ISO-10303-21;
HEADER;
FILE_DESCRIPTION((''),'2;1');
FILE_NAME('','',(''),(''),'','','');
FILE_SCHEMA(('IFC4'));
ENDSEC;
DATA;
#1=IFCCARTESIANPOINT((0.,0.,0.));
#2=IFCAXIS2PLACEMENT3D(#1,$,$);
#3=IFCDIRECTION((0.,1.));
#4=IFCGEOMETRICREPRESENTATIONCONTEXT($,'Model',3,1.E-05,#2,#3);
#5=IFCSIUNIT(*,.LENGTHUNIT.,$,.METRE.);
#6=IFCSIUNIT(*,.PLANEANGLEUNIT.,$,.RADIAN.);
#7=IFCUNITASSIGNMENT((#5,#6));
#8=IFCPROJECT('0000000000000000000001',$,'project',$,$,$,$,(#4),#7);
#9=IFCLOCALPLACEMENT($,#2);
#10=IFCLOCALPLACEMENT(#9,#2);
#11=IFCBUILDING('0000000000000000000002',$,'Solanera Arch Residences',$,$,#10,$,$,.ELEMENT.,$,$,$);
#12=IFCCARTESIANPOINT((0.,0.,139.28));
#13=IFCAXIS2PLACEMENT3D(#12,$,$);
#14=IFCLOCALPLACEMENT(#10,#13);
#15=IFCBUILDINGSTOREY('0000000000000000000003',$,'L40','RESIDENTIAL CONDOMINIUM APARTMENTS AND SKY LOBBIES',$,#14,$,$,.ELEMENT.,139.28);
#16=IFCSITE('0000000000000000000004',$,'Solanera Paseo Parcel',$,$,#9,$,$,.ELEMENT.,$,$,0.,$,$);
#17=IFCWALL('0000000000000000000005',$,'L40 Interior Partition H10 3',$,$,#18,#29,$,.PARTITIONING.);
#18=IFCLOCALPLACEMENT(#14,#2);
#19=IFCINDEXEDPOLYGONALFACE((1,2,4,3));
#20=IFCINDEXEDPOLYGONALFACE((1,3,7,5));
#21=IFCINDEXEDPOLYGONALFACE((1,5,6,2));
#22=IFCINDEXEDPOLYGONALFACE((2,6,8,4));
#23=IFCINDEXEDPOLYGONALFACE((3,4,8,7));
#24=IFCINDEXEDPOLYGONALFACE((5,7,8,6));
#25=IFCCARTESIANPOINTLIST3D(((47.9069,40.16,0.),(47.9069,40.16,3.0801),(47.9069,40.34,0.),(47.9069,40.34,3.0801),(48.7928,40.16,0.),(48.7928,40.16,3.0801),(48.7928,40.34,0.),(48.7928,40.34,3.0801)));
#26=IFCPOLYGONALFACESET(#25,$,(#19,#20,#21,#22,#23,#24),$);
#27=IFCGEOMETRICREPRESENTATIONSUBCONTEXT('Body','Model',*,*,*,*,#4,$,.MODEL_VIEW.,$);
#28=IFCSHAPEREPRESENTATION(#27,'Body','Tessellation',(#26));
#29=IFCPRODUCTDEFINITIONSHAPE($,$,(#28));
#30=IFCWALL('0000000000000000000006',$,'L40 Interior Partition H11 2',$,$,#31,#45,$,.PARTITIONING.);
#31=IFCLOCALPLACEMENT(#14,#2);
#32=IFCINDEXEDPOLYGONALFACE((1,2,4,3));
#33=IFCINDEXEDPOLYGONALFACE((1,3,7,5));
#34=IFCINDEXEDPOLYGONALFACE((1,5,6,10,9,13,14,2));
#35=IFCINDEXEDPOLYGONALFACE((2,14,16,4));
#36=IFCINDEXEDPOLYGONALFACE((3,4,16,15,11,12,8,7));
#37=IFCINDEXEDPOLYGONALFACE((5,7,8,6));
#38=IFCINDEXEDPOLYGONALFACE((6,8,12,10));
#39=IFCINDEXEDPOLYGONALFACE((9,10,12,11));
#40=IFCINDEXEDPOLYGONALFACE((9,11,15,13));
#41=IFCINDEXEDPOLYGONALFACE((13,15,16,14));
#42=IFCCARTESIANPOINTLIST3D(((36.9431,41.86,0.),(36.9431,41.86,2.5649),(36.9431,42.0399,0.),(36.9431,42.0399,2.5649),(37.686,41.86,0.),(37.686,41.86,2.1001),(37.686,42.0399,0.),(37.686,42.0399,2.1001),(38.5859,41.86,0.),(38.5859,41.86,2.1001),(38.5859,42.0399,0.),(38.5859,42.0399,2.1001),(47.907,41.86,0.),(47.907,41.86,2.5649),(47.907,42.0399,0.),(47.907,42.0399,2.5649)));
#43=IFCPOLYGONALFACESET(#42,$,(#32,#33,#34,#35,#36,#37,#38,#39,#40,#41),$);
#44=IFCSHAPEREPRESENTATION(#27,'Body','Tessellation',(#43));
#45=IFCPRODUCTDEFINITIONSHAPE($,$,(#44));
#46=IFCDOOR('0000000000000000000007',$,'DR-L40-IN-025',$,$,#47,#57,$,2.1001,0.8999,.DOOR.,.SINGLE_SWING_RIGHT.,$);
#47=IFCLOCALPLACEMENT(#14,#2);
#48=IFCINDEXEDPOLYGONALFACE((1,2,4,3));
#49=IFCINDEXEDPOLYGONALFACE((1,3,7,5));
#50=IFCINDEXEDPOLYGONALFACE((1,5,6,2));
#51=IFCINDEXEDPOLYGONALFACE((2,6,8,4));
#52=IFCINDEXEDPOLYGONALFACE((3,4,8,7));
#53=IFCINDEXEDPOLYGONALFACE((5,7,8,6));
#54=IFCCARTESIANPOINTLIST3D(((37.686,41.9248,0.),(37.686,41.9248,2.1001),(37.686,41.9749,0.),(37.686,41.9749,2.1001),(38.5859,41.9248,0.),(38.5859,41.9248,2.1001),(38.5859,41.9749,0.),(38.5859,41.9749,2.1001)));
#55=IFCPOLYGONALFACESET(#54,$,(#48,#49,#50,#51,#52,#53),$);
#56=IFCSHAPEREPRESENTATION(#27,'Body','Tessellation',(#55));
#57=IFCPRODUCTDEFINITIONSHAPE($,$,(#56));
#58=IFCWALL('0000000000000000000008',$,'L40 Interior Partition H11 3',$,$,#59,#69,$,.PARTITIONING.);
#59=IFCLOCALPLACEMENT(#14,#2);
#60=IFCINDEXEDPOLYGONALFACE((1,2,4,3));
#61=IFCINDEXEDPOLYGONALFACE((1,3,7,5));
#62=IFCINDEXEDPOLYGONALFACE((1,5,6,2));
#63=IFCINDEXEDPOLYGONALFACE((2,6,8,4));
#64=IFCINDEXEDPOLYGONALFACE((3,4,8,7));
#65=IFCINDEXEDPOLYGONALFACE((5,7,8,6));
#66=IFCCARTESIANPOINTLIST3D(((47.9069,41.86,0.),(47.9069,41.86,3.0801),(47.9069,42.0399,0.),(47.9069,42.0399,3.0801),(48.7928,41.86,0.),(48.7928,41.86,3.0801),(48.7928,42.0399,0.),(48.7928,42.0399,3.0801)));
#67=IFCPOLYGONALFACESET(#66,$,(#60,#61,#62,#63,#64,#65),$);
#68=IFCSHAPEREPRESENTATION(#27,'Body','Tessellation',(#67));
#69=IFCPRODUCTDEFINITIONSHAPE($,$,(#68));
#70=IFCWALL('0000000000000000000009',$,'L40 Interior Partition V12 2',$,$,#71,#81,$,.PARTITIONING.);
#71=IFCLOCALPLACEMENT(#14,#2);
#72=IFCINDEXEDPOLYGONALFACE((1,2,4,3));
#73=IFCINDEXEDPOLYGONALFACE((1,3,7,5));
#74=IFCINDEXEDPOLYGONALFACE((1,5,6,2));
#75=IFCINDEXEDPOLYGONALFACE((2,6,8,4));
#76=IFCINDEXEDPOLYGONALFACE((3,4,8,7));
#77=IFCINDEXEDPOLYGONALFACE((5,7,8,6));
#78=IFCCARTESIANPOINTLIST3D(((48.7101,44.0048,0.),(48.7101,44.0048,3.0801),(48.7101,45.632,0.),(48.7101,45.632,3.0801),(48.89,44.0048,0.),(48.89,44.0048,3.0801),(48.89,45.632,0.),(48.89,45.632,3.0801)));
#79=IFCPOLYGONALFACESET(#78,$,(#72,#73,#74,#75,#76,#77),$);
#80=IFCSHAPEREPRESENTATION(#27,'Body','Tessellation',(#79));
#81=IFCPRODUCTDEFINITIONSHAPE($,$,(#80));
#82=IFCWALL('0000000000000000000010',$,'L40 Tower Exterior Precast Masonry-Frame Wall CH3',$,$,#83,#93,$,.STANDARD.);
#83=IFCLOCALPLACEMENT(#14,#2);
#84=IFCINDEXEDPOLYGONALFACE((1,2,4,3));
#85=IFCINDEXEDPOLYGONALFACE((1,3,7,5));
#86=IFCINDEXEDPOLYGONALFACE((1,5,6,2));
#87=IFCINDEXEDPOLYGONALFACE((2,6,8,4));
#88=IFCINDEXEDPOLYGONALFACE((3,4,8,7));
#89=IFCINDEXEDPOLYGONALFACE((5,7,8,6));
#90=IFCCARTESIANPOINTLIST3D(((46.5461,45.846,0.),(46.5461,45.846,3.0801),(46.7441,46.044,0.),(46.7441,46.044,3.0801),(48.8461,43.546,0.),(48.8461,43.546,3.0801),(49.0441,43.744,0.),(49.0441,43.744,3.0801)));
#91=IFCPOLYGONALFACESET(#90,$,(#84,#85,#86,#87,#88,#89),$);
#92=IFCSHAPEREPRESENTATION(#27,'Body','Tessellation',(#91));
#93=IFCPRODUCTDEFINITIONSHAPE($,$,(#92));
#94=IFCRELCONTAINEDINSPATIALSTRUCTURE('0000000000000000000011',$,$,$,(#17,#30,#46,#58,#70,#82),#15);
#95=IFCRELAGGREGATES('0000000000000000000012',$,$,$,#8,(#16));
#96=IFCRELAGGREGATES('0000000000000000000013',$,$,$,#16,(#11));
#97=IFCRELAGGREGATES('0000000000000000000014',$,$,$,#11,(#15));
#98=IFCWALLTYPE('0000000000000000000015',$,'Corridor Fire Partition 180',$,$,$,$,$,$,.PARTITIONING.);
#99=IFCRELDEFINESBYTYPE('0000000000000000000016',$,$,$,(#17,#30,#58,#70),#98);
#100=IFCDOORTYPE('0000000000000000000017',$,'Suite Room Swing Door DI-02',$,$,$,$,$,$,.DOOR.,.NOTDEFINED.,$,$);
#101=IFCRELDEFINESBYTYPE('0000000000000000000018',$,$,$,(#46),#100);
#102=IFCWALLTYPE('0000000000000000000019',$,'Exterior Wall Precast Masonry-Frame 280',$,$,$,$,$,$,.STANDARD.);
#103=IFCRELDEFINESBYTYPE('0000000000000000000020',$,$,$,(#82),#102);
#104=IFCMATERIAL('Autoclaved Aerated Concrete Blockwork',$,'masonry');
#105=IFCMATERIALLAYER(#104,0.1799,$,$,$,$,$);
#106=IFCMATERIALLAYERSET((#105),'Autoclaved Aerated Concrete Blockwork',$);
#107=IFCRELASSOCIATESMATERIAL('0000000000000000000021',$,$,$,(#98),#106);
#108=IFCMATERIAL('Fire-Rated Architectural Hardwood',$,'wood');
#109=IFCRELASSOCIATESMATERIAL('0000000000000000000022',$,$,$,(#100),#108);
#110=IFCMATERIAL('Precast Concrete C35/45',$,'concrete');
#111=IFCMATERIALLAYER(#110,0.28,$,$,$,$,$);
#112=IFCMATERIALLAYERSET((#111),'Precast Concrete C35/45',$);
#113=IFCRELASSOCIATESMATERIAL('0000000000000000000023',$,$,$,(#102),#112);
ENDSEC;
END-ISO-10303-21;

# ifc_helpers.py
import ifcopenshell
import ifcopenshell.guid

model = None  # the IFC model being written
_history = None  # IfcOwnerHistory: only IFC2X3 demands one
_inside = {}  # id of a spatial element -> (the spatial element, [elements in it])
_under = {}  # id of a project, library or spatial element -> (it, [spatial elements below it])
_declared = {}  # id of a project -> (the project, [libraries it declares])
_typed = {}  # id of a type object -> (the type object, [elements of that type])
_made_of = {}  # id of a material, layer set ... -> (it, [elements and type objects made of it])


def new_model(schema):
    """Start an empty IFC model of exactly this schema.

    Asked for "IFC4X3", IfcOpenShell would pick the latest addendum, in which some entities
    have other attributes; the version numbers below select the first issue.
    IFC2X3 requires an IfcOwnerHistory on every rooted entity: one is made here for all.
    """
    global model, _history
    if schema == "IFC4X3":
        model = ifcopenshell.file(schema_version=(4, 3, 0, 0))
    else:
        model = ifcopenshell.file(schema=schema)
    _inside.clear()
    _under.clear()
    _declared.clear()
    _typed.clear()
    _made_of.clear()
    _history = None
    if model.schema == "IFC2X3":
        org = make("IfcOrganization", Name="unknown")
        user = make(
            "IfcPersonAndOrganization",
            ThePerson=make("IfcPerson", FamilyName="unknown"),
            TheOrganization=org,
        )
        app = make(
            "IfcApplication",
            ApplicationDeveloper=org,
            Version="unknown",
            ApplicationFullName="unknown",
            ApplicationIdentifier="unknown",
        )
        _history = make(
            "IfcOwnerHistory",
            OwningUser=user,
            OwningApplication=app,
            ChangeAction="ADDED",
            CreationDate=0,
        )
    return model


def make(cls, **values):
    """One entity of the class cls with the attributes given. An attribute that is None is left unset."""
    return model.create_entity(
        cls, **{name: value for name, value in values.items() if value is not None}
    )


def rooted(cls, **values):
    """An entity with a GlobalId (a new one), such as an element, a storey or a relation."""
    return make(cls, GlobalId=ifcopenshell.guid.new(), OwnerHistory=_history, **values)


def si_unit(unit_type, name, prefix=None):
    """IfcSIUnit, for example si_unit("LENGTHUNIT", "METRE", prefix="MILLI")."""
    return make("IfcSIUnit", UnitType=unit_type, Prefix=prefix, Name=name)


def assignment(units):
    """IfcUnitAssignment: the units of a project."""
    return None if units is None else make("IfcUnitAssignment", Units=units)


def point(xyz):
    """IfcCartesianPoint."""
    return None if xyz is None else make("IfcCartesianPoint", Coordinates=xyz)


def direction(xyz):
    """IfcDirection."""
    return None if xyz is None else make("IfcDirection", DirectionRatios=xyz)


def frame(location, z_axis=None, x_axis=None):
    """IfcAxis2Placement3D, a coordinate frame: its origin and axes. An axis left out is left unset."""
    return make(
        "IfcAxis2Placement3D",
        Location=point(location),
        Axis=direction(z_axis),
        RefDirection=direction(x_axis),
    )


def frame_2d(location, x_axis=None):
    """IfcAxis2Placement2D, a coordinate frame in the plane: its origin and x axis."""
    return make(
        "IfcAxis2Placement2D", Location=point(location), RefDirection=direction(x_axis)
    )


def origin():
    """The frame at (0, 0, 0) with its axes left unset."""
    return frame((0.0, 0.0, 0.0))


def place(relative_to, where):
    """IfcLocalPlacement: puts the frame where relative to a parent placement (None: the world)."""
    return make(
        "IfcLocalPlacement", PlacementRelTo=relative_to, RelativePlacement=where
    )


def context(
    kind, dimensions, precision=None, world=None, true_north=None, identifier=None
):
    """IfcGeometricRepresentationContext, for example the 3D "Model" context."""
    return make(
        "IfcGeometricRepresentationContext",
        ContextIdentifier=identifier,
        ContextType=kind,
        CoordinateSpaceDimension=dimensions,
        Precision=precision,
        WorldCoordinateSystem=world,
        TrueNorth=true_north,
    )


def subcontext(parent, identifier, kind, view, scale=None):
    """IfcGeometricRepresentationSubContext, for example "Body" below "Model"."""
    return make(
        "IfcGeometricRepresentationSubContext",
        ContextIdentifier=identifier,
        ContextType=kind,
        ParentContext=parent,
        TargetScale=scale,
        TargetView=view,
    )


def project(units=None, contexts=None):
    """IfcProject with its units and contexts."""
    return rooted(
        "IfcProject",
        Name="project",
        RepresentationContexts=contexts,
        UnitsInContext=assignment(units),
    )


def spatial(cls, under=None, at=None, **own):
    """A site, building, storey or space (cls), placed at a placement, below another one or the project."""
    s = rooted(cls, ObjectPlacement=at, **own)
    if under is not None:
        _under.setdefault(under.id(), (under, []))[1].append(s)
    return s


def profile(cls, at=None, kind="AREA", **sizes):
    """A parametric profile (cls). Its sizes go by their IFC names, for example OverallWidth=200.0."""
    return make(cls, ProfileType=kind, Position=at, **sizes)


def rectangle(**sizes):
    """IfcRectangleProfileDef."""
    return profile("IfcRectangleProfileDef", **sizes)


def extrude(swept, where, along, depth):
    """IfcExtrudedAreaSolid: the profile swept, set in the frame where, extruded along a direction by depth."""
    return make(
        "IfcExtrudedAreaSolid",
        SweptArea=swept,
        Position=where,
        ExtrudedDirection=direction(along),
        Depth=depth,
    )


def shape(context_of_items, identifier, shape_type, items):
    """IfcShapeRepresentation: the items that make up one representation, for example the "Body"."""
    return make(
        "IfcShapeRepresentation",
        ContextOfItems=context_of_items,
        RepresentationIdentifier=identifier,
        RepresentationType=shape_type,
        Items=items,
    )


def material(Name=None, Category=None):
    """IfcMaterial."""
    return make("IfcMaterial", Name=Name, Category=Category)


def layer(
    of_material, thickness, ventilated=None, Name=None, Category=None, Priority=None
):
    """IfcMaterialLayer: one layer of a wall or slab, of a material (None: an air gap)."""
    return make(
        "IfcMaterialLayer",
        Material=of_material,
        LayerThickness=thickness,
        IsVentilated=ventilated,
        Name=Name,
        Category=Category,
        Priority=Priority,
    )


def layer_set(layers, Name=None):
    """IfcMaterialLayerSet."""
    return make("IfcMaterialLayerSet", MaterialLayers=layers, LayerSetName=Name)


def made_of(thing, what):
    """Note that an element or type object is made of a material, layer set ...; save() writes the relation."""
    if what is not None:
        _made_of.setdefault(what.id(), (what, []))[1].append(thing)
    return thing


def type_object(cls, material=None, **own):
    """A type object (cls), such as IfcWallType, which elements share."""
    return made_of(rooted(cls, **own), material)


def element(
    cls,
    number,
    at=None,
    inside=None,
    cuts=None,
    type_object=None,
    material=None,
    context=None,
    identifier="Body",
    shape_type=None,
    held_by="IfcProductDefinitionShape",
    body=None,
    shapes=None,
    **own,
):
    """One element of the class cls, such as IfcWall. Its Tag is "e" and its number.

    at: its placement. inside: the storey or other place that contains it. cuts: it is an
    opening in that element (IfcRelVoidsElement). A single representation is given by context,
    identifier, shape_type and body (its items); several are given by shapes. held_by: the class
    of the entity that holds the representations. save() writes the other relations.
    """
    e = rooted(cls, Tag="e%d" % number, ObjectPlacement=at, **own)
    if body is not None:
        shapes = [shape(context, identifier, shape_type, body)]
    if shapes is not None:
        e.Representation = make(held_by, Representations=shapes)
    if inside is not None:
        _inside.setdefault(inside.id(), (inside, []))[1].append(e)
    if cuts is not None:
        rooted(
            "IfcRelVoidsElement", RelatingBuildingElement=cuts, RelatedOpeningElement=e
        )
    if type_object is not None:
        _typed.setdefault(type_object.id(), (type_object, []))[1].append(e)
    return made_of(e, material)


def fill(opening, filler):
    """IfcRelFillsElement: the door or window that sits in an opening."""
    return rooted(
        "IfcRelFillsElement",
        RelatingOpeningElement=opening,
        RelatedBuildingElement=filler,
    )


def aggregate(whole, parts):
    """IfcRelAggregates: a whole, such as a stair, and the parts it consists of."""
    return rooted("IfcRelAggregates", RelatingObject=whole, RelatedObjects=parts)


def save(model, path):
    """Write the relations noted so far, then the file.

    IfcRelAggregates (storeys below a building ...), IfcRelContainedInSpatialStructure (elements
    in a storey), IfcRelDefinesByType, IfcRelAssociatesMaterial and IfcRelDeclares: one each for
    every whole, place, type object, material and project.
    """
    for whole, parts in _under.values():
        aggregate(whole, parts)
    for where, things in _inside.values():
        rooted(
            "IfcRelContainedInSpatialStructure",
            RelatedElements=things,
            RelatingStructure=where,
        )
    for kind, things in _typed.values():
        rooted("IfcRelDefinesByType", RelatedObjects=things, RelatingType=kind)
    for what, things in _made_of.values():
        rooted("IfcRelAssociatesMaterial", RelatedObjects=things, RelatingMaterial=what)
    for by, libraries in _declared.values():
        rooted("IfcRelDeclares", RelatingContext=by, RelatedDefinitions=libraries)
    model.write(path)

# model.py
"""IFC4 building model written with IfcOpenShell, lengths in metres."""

from ifc_helpers import new_model, si_unit, direction, frame, frame_2d, origin, place, context, subcontext, project, spatial, rectangle, extrude, material, layer, layer_set, type_object, element, fill, save


model = new_model("IFC4")

# Units and contexts
model_context = context("Model", 3, precision=1e-05, world=origin(), true_north=direction((0.0, 1.0)))
body_context = subcontext(model_context, "Body", "Model", "MODEL_VIEW")
ifc_project = project(units=[si_unit("LENGTHUNIT", "METRE"), si_unit("PLANEANGLEUNIT", "RADIAN")], contexts=[model_context])

# Site, building, storey
site_placement = place(None, origin())
site = spatial("IfcSite", under=ifc_project, at=site_placement, Name="Solanera Paseo Parcel", CompositionType="ELEMENT", RefElevation=0.0)
building_placement = place(site_placement, origin())
building = spatial("IfcBuilding", under=site, at=building_placement, Name="Solanera Arch Residences", CompositionType="ELEMENT")
storey_placement = place(building_placement, frame((0.0, 0.0, 139.28)))
storey = spatial("IfcBuildingStorey", under=building, at=storey_placement, Name="L40", Description="RESIDENTIAL CONDOMINIUM APARTMENTS AND SKY LOBBIES", CompositionType="ELEMENT", Elevation=139.28)

# Shared definitions
ifc_material_1 = material(Name="Autoclaved Aerated Concrete Blockwork", Category="masonry")
ifc_layer_1 = layer(ifc_material_1, 0.1799)
ifc_layer_set_1 = layer_set([ifc_layer_1], Name="Autoclaved Aerated Concrete Blockwork")
wall_type_1 = type_object("IfcWallType", Name="Corridor Fire Partition 180", PredefinedType="PARTITIONING", material=ifc_layer_set_1)
ifc_material_2 = material(Name="Fire-Rated Architectural Hardwood", Category="wood")
door_type_1 = type_object("IfcDoorType", Name="Suite Room Swing Door DI-02", OperationType="NOTDEFINED", PredefinedType="DOOR", material=ifc_material_2)

# Wall
wall_1_placement = place(storey_placement, frame((47.907, 40.25, 0.0), z_axis=(0.0, 0.0, 1.0), x_axis=(1.0, 0.0, 0.0)))
element("IfcWall", 1, at=wall_1_placement, inside=storey, type_object=wall_type_1, Name="L40 Interior Partition H10 3", PredefinedType="PARTITIONING", context=body_context, shape_type="SweptSolid", body=[
    extrude(rectangle(XDim=0.886, YDim=0.1799, at=frame_2d((0.4429, 0.0))), origin(), (0.0, 0.0, 1.0), 3.0801),
])

# Wall, opening, door
wall_2_placement = place(storey_placement, frame((36.9431, 41.95, 0.0), z_axis=(0.0, 0.0, 1.0), x_axis=(1.0, 0.0, 0.0)))
wall_2 = element("IfcWall", 2, at=wall_2_placement, inside=storey, type_object=wall_type_1, Name="L40 Interior Partition H11 2", PredefinedType="PARTITIONING", context=body_context, shape_type="SweptSolid", body=[
    extrude(rectangle(XDim=10.9639, YDim=0.1799, at=frame_2d((5.4819, 0.0))), origin(), (0.0, 0.0, 1.0), 2.5649),
])
opening_1_placement = place(wall_2_placement, frame((0.7429, 0.0, 0.0)))
opening_1 = element("IfcOpeningElement", 3, at=opening_1_placement, cuts=wall_2, PredefinedType="OPENING", context=body_context, shape_type="SweptSolid", body=[
    extrude(rectangle(XDim=0.8999, YDim=2.1001, at=frame_2d((0.45, 1.05))), frame((0.0, 0.1001, 0.0), z_axis=(0.0, -1.0, 0.0), x_axis=(1.0, 0.0, 0.0)), (0.0, 0.0, 1.0), 0.1999),
])
door_1_placement = place(opening_1_placement, origin())
door_1 = element("IfcDoor", 4, at=door_1_placement, inside=storey, type_object=door_type_1, Name="DR-L40-IN-025", OperationType="SINGLE_SWING_RIGHT", OverallHeight=2.1001, OverallWidth=0.8999, PredefinedType="DOOR", context=body_context, shape_type="SweptSolid", body=[
    extrude(rectangle(XDim=0.8999, YDim=2.1001, at=frame_2d((0.45, 1.05))), frame((0.0, 0.0249, 0.0), z_axis=(0.0, -1.0, 0.0), x_axis=(1.0, 0.0, 0.0)), (0.0, 0.0, 1.0), 0.05),
])
fill(opening_1, door_1)

# Walls
wall_3_placement = place(storey_placement, frame((47.907, 41.95, 0.0), z_axis=(0.0, 0.0, 1.0), x_axis=(1.0, 0.0, 0.0)))
element("IfcWall", 5, at=wall_3_placement, inside=storey, type_object=wall_type_1, Name="L40 Interior Partition H11 3", PredefinedType="PARTITIONING", context=body_context, shape_type="SweptSolid", body=[
    extrude(rectangle(XDim=0.886, YDim=0.1799, at=frame_2d((0.4429, 0.0))), origin(), (0.0, 0.0, 1.0), 3.0801),
])
wall_4_placement = place(storey_placement, frame((48.8, 44.0049, 0.0), z_axis=(0.0, 0.0, 1.0), x_axis=(0.0, 1.0, 0.0)))
element("IfcWall", 6, at=wall_4_placement, inside=storey, type_object=wall_type_1, Name="L40 Interior Partition V12 2", PredefinedType="PARTITIONING", context=body_context, shape_type="SweptSolid", body=[
    extrude(rectangle(XDim=1.6272, YDim=0.1799, at=frame_2d((0.8135, 0.0))), origin(), (0.0, 0.0, 1.0), 3.0801),
])
ifc_material_3 = material(Name="Precast Concrete C35/45", Category="concrete")
ifc_layer_2 = layer(ifc_material_3, 0.28)
ifc_layer_set_2 = layer_set([ifc_layer_2], Name="Precast Concrete C35/45")
wall_type_2 = type_object("IfcWallType", Name="Exterior Wall Precast Masonry-Frame 280", PredefinedType="STANDARD", material=ifc_layer_set_2)
wall_5_placement = place(storey_placement, frame((46.645, 45.9451, 0.0), z_axis=(0.0, 0.0, 1.0), x_axis=(0.707107, -0.707107, 0.0)))
element("IfcWall", 7, at=wall_5_placement, inside=storey, type_object=wall_type_2, Name="L40 Tower Exterior Precast Masonry-Frame Wall CH3", PredefinedType="STANDARD", context=body_context, shape_type="SweptSolid", body=[
    extrude(rectangle(XDim=3.2527, YDim=0.28, at=frame_2d((1.6265, 0.0))), origin(), (0.0, 0.0, 1.0), 3.0801),
])

save(model, "model.ifc")
